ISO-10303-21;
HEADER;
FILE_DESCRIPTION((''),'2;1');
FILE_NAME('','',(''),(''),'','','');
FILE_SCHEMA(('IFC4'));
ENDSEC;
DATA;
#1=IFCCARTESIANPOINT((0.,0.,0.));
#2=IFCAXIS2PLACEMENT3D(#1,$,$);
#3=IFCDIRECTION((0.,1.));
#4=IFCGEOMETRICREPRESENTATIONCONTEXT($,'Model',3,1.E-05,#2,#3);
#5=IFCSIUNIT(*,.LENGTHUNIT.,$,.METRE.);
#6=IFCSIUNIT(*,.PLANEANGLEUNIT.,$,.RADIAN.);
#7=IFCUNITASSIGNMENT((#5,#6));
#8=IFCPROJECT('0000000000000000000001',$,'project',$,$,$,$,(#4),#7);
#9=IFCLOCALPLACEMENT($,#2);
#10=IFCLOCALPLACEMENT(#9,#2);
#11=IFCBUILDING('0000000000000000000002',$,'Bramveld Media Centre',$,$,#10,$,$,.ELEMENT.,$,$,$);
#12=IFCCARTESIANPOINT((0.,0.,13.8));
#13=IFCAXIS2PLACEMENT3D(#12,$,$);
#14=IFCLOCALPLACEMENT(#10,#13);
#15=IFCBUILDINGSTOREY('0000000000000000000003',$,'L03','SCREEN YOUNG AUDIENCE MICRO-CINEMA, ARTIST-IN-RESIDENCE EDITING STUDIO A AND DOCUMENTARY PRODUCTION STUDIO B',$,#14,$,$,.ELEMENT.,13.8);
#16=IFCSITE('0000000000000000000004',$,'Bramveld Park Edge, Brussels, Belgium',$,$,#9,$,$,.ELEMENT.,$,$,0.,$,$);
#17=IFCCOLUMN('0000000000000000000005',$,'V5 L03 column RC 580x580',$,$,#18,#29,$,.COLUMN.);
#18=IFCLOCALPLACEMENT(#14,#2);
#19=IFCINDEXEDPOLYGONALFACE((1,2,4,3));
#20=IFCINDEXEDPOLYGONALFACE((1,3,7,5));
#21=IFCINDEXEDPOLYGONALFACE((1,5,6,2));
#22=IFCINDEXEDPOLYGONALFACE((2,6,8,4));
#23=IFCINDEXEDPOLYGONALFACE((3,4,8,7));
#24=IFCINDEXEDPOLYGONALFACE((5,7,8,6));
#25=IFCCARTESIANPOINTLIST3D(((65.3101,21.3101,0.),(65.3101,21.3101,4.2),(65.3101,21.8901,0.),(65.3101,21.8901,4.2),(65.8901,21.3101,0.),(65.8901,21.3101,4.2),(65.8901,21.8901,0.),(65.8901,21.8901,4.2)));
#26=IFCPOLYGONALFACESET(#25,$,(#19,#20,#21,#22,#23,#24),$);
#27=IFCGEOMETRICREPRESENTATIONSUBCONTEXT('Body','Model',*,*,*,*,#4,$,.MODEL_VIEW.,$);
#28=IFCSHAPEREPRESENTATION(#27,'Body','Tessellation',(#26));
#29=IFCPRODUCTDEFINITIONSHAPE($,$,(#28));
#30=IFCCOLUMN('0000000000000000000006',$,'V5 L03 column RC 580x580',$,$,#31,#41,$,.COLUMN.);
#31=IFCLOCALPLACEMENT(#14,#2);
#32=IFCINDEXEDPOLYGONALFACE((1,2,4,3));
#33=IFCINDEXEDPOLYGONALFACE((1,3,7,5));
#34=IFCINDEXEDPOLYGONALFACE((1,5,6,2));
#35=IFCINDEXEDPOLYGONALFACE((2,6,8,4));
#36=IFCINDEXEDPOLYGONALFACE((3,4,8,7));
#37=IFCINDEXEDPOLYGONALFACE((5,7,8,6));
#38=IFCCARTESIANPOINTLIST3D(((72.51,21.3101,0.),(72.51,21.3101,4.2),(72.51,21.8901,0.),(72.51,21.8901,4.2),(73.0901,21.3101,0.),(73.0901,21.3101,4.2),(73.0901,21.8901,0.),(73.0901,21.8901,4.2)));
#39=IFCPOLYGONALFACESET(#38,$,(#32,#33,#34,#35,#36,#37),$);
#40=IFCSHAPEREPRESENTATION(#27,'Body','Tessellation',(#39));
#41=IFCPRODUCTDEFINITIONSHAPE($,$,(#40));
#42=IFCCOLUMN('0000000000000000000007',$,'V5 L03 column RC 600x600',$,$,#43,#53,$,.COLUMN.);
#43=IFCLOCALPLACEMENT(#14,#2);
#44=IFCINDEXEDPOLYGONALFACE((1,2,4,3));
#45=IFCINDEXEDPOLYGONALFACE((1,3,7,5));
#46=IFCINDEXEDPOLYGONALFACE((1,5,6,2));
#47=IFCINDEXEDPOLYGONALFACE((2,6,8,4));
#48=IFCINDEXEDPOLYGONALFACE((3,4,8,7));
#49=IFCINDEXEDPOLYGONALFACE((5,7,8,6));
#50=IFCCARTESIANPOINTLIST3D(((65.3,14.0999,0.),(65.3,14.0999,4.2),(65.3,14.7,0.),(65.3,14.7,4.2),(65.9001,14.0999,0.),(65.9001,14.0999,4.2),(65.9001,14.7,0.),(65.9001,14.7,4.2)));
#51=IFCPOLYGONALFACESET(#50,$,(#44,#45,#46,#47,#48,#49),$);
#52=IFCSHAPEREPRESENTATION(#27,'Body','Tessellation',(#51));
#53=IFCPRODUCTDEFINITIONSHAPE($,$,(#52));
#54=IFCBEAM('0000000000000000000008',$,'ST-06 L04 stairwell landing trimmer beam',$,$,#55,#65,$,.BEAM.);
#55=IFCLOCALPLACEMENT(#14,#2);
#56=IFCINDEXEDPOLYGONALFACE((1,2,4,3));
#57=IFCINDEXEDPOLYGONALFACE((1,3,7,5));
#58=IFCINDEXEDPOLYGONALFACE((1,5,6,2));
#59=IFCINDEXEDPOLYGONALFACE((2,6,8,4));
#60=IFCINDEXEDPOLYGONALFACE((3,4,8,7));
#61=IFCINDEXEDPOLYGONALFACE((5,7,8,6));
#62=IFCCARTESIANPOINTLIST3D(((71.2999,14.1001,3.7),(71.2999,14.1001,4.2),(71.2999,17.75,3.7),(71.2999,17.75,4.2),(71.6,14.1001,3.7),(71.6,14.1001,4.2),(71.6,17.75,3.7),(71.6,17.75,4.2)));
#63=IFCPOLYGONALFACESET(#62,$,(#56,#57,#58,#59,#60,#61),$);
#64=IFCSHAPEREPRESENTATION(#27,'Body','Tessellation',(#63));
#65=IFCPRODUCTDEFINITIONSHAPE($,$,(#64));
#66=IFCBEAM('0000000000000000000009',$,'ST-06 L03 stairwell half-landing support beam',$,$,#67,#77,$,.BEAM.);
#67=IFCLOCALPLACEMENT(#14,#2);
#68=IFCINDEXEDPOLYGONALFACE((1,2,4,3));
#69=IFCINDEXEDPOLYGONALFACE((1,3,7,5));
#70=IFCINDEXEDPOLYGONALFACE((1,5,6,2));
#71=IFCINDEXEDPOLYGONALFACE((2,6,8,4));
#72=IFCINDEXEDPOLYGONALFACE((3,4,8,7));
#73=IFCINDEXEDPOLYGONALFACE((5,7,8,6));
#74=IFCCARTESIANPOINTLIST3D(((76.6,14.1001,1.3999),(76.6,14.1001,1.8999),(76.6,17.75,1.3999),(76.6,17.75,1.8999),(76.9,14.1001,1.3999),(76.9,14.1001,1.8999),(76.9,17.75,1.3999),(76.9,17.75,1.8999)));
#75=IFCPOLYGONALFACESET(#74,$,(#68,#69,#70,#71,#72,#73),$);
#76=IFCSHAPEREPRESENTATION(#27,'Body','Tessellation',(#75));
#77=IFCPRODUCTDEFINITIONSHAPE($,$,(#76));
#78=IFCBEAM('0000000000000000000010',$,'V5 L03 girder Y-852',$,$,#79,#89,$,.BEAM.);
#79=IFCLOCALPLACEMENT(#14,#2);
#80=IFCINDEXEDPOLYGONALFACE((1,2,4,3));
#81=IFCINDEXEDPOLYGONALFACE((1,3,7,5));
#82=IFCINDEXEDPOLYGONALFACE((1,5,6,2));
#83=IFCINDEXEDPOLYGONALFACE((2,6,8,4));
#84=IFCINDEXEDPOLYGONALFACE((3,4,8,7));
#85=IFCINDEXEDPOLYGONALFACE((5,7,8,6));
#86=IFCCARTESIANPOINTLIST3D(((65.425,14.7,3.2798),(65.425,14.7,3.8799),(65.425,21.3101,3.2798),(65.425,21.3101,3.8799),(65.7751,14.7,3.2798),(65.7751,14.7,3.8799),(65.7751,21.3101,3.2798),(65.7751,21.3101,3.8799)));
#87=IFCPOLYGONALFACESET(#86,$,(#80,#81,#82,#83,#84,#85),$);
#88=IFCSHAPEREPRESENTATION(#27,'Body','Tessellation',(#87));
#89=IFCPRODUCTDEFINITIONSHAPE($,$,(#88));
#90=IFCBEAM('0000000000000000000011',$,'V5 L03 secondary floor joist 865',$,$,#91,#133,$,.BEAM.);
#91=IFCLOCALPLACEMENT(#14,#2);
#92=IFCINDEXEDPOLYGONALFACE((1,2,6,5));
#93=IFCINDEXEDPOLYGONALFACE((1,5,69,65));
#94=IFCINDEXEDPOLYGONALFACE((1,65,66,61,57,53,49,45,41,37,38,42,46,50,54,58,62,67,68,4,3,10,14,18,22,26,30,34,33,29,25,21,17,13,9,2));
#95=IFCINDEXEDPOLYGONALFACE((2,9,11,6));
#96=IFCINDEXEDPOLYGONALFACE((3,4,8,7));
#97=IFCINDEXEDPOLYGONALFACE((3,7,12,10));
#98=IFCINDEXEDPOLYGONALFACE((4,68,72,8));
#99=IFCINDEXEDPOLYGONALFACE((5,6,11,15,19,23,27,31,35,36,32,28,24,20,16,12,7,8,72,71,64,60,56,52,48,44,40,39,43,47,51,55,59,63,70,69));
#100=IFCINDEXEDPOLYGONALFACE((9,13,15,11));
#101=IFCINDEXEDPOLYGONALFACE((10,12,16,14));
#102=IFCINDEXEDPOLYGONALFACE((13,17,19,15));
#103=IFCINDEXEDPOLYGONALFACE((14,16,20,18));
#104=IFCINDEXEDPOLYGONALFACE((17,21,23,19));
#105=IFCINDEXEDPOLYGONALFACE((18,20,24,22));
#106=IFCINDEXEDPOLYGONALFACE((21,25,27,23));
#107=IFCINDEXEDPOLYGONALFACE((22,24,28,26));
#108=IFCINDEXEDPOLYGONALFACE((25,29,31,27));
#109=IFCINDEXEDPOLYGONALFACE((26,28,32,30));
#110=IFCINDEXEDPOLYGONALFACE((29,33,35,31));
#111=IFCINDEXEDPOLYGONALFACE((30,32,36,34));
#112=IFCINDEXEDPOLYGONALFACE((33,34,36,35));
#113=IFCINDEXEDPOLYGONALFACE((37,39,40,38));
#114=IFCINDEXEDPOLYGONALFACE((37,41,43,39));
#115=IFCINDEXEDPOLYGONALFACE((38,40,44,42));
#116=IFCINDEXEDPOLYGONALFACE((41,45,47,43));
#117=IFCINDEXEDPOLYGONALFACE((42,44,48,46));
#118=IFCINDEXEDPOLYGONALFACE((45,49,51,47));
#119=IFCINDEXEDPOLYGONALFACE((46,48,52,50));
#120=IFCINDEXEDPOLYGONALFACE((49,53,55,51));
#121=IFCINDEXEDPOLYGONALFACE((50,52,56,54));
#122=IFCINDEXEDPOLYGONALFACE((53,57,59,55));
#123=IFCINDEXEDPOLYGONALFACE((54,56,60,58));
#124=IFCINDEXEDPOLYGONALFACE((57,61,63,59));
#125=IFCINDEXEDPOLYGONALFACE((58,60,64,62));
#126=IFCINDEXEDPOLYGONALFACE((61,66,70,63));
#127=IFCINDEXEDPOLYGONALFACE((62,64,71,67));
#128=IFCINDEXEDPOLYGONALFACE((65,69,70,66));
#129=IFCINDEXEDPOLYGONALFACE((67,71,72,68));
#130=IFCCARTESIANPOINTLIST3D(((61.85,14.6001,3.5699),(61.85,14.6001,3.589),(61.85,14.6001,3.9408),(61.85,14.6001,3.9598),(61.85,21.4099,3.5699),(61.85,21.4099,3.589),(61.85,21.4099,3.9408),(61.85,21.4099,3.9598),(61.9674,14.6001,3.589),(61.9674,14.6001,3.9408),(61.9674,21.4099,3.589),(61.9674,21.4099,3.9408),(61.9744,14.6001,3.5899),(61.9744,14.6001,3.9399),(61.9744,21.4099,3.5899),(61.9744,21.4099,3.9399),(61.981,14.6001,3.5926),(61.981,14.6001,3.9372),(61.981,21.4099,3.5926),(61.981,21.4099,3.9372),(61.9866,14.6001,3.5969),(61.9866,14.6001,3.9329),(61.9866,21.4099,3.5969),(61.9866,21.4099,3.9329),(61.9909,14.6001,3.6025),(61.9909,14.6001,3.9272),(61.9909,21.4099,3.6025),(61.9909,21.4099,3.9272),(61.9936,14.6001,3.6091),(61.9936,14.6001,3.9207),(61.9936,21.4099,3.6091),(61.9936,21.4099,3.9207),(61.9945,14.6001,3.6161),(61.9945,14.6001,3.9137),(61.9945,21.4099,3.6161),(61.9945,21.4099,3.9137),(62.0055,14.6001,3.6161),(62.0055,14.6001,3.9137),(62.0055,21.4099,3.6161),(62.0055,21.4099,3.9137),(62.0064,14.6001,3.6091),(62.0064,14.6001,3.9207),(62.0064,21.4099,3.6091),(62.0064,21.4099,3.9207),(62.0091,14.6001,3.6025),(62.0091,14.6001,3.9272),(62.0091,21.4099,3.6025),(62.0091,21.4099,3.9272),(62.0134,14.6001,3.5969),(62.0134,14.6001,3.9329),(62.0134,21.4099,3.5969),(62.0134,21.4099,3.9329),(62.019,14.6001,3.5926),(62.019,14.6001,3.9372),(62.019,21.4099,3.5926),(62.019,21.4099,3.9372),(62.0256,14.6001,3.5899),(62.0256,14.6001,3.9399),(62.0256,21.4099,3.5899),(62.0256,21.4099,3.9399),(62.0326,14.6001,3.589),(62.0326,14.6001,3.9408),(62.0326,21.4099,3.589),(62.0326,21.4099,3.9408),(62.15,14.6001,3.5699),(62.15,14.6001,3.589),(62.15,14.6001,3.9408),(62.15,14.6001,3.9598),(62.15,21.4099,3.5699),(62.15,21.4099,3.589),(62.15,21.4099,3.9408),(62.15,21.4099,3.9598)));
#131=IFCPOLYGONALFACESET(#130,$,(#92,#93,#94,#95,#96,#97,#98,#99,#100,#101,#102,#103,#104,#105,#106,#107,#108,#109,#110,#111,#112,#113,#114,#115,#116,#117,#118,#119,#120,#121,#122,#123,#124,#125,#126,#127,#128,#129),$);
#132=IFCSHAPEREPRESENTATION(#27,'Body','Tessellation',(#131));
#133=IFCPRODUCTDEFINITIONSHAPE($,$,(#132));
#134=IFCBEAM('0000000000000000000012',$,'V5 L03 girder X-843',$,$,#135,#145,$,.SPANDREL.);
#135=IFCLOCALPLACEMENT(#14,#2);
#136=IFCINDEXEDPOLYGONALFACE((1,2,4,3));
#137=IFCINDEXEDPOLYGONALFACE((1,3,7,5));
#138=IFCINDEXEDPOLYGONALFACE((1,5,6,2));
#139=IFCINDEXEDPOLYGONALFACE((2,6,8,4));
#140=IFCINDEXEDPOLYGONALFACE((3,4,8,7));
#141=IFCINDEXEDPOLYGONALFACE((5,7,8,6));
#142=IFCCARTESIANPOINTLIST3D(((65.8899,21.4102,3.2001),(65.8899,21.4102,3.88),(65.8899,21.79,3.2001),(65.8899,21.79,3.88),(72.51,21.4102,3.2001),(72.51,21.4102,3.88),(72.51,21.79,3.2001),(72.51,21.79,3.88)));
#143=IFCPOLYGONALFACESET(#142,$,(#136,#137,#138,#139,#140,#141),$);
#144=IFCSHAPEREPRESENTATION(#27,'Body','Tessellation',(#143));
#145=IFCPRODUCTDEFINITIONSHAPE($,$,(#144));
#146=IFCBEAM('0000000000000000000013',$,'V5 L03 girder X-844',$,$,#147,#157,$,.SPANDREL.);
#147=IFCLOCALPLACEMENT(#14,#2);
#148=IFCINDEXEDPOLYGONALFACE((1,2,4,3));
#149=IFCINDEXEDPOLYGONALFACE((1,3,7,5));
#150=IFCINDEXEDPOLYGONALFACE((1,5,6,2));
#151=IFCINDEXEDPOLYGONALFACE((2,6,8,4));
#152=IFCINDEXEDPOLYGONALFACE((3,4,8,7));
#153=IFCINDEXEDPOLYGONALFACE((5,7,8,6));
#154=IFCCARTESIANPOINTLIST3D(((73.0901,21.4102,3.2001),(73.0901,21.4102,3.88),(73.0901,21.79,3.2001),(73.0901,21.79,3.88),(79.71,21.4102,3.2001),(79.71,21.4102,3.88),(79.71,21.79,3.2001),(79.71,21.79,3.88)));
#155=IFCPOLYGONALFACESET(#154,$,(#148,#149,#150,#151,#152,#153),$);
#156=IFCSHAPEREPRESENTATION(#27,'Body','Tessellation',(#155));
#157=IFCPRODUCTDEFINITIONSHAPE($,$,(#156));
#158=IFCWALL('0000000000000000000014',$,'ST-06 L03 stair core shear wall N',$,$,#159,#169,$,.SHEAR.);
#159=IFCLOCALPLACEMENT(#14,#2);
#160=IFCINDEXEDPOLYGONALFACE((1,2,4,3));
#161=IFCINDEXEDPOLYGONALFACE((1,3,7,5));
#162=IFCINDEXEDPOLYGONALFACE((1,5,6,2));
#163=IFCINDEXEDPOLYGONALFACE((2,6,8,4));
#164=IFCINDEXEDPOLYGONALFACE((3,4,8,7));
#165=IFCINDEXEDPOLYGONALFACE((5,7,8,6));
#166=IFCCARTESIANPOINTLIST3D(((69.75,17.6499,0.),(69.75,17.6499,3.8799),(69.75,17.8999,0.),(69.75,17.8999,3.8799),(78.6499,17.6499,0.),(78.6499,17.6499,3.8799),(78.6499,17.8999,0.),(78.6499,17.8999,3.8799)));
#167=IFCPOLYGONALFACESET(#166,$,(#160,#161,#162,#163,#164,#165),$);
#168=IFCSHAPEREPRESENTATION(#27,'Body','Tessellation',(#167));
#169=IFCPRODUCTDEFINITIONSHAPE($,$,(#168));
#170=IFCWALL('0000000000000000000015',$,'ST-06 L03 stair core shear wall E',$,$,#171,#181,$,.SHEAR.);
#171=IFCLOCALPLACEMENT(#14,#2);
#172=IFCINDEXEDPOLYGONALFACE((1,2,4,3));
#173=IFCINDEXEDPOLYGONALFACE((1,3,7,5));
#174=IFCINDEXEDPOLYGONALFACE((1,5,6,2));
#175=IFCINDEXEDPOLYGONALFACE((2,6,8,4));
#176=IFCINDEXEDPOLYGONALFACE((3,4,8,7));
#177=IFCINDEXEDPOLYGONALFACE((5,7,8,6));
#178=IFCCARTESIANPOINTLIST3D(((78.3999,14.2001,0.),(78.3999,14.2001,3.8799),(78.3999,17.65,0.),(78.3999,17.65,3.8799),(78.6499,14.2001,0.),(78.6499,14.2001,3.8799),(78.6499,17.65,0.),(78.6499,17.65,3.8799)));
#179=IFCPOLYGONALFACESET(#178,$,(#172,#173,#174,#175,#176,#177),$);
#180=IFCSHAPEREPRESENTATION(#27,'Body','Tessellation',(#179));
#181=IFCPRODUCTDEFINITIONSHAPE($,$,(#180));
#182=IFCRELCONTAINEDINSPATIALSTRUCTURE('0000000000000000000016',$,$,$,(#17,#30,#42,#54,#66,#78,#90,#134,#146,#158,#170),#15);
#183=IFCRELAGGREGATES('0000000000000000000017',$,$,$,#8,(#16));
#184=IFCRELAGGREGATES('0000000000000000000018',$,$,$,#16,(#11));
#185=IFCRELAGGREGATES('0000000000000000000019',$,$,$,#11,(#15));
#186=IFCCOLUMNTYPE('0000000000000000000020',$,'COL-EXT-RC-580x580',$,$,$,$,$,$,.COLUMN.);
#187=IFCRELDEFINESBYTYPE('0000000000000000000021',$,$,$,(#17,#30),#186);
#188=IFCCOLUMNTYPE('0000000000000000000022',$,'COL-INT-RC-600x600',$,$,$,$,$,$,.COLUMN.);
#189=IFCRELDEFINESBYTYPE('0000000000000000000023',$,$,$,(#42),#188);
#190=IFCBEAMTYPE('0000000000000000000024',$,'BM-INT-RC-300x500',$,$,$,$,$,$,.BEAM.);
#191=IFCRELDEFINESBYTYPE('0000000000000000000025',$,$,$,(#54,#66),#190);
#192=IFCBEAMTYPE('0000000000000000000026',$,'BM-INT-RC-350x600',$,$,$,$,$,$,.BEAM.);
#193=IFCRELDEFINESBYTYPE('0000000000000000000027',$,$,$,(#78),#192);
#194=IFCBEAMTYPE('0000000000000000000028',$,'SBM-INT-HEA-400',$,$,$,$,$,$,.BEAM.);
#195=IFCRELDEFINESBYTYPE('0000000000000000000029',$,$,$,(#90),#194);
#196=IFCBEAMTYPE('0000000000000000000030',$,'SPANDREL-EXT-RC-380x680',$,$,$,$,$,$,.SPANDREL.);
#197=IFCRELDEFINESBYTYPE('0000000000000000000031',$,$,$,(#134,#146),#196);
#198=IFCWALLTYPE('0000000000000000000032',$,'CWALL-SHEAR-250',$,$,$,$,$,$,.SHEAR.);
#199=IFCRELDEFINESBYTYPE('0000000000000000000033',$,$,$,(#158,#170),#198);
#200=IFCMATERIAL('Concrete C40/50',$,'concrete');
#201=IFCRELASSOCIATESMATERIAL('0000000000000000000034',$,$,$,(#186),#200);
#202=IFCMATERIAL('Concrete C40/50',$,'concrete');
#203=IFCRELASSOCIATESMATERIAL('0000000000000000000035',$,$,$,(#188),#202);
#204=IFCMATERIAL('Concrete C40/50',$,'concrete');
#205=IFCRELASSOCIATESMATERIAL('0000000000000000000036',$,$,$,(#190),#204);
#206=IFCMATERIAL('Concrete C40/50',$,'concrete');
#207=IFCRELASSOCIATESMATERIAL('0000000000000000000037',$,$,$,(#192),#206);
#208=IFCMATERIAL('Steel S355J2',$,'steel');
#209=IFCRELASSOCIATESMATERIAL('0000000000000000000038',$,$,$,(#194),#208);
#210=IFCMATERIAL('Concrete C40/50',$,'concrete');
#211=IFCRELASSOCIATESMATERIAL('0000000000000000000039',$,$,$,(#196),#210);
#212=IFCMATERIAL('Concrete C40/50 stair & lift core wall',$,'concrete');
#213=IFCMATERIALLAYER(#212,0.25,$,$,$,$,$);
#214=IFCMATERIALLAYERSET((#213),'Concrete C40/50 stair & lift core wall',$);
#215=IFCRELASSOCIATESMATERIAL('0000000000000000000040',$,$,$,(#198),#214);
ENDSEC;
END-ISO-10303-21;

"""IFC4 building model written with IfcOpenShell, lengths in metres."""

from ifc_helpers import new_model, si_unit, direction, frame, frame_2d, origin, origin_2d, place, context, subcontext, project, spatial, rectangle, i_section, extrude, material, layer, layer_set, material_profile, profile_set, type_object, element, save


model = new_model("IFC4")

# Units and contexts
model_context = context("Model", 3, precision=1e-05, world=origin(), true_north=direction((0.0, 1.0)))
body_context = subcontext(model_context, "Body", "Model", "MODEL_VIEW")
ifc_project = project(units=[si_unit("LENGTHUNIT", "METRE"), si_unit("PLANEANGLEUNIT", "RADIAN")], contexts=[model_context])

# Site, building, storey
site_placement = place(None, origin())
site = spatial("IfcSite", under=ifc_project, at=site_placement, Name="Bramveld Park Edge, Brussels, Belgium", CompositionType="ELEMENT", RefElevation=0.0)
building_placement = place(site_placement, origin())
building = spatial("IfcBuilding", under=site, at=building_placement, Name="Bramveld Media Centre", CompositionType="ELEMENT")
storey_placement = place(building_placement, frame((0.0, 0.0, 13.8)))
storey = spatial("IfcBuildingStorey", under=building, at=storey_placement, Name="L03", Description="SCREEN YOUNG AUDIENCE MICRO-CINEMA, ARTIST-IN-RESIDENCE EDITING STUDIO A AND DOCUMENTARY PRODUCTION STUDIO B", CompositionType="ELEMENT", Elevation=13.8)

# Columns
ifc_material_1 = material(Name="Concrete C40/50", Category="concrete")
ifc_material_profile_1 = material_profile(ifc_material_1, rectangle(XDim=0.5801, YDim=0.5801, at=origin_2d()), Name="RC 580x580")
ifc_profile_set_1 = profile_set([ifc_material_profile_1], Name="Concrete C40/50")
column_type_1 = type_object("IfcColumnType", Name="COL-EXT-RC-580x580", PredefinedType="COLUMN", material=ifc_profile_set_1)
for number, where, z_axis, x_axis, name in (
    (1, (65.6001, 21.6001, 0.0), (0.0, 0.0, 1.0), (1.0, 0.0, 0.0), "V5 L03 column RC 580x580"),
    (2, (72.8, 21.6001, 0.0), (0.0, 0.0, 1.0), (1.0, 0.0, 0.0), "V5 L03 column RC 580x580"),
):
    element("IfcColumn", number, at=place(storey_placement, frame(where, z_axis=z_axis, x_axis=x_axis)), inside=storey, type_object=column_type_1, Name=name, PredefinedType="COLUMN", context=body_context, shape_type="SweptSolid", body=[
        extrude(rectangle(XDim=0.5801, YDim=0.5801, at=origin_2d()), origin(), (0.0, 0.0, 1.0), 4.2),
    ])
ifc_material_2 = material(Name="Concrete C40/50", Category="concrete")
ifc_material_profile_2 = material_profile(ifc_material_2, rectangle(XDim=0.6001, YDim=0.6001, at=origin_2d()), Name="RC 600x600")
ifc_profile_set_2 = profile_set([ifc_material_profile_2], Name="Concrete C40/50")
column_type_2 = type_object("IfcColumnType", Name="COL-INT-RC-600x600", PredefinedType="COLUMN", material=ifc_profile_set_2)
column_placement = place(storey_placement, frame((65.6001, 14.3999, 0.0), z_axis=(0.0, 0.0, 1.0), x_axis=(1.0, 0.0, 0.0)))
element("IfcColumn", 3, at=column_placement, inside=storey, type_object=column_type_2, Name="V5 L03 column RC 600x600", PredefinedType="COLUMN", context=body_context, shape_type="SweptSolid", body=[
    extrude(rectangle(XDim=0.6001, YDim=0.6001, at=origin_2d()), origin(), (0.0, 0.0, 1.0), 4.2),
])

# Beams
ifc_material_3 = material(Name="Concrete C40/50", Category="concrete")
ifc_material_profile_3 = material_profile(ifc_material_3, rectangle(XDim=0.3, YDim=0.5, at=origin_2d()), Name="RC 300x500")
ifc_profile_set_3 = profile_set([ifc_material_profile_3], Name="Concrete C40/50")
beam_type_1 = type_object("IfcBeamType", Name="BM-INT-RC-300x500", PredefinedType="BEAM", material=ifc_profile_set_3)
for number, where, z_axis, x_axis, name in (
    (4, (71.45, 14.1001, 3.95), (0.0, 1.0, 0.0), (-1.0, 0.0, 0.0), "ST-06 L04 stairwell landing trimmer beam"),
    (5, (76.75, 14.1001, 1.6499), (0.0, 1.0, 0.0), (-1.0, 0.0, 0.0), "ST-06 L03 stairwell half-landing support beam"),
):
    element("IfcBeam", number, at=place(storey_placement, frame(where, z_axis=z_axis, x_axis=x_axis)), inside=storey, type_object=beam_type_1, Name=name, PredefinedType="BEAM", context=body_context, shape_type="SweptSolid", body=[
        extrude(rectangle(XDim=0.3, YDim=0.5, at=origin_2d()), origin(), (0.0, 0.0, 1.0), 3.6499),
    ])
ifc_material_4 = material(Name="Concrete C40/50", Category="concrete")
ifc_material_profile_4 = material_profile(ifc_material_4, rectangle(XDim=0.3501, YDim=0.6001, at=origin_2d()), Name="RC 350x600")
ifc_profile_set_4 = profile_set([ifc_material_profile_4], Name="Concrete C40/50")
beam_type_2 = type_object("IfcBeamType", Name="BM-INT-RC-350x600", PredefinedType="BEAM", material=ifc_profile_set_4)
beam_1_placement = place(storey_placement, frame((65.6001, 14.7, 3.5798), z_axis=(0.0, 1.0, 0.0), x_axis=(-1.0, 0.0, 0.0)))
element("IfcBeam", 6, at=beam_1_placement, inside=storey, type_object=beam_type_2, Name="V5 L03 girder Y-852", PredefinedType="BEAM", context=body_context, shape_type="SweptSolid", body=[
    extrude(rectangle(XDim=0.3501, YDim=0.6001, at=origin_2d()), origin(), (0.0, 0.0, 1.0), 6.6101),
])
ifc_material_5 = material(Name="Steel S355J2", Category="steel")
ifc_material_profile_5 = material_profile(ifc_material_5, i_section(OverallWidth=0.3, OverallDepth=0.3899, WebThickness=0.011, FlangeThickness=0.019, FilletRadius=0.0271, at=origin_2d()), Name="HEA 400")
ifc_profile_set_5 = profile_set([ifc_material_profile_5], Name="Steel S355J2")
beam_type_3 = type_object("IfcBeamType", Name="SBM-INT-HEA-400", PredefinedType="BEAM", material=ifc_profile_set_5)
beam_2_placement = place(storey_placement, frame((62.0, 14.6001, 3.7649), z_axis=(0.0, 1.0, 0.0), x_axis=(-1.0, 0.0, 0.0)))
element("IfcBeam", 7, at=beam_2_placement, inside=storey, type_object=beam_type_3, Name="V5 L03 secondary floor joist 865", PredefinedType="BEAM", context=body_context, shape_type="SweptSolid", body=[
    extrude(i_section(OverallWidth=0.3, OverallDepth=0.3899, WebThickness=0.011, FlangeThickness=0.019, FilletRadius=0.0271, at=origin_2d()), origin(), (0.0, 0.0, 1.0), 6.8098),
])
ifc_material_6 = material(Name="Concrete C40/50", Category="concrete")
ifc_material_profile_6 = material_profile(ifc_material_6, rectangle(XDim=0.3799, YDim=0.6799, at=origin_2d()), Name="RC 380x680")
ifc_profile_set_6 = profile_set([ifc_material_profile_6], Name="Concrete C40/50")
beam_type_4 = type_object("IfcBeamType", Name="SPANDREL-EXT-RC-380x680", PredefinedType="SPANDREL", material=ifc_profile_set_6)
beam_3_placement = place(storey_placement, frame((65.8899, 21.6001, 3.54), z_axis=(1.0, 0.0, 0.0), x_axis=(0.0, 1.0, 0.0)))
element("IfcBeam", 8, at=beam_3_placement, inside=storey, type_object=beam_type_4, Name="V5 L03 girder X-843", PredefinedType="SPANDREL", context=body_context, shape_type="SweptSolid", body=[
    extrude(rectangle(XDim=0.3799, YDim=0.6799, at=origin_2d()), origin(), (0.0, 0.0, 1.0), 6.6201),
])
beam_4_placement = place(storey_placement, frame((73.0901, 21.6001, 3.54), z_axis=(1.0, 0.0, 0.0), x_axis=(0.0, 1.0, 0.0)))
element("IfcBeam", 9, at=beam_4_placement, inside=storey, type_object=beam_type_4, Name="V5 L03 girder X-844", PredefinedType="SPANDREL", context=body_context, shape_type="SweptSolid", body=[
    extrude(rectangle(XDim=0.3799, YDim=0.6799, at=origin_2d()), origin(), (0.0, 0.0, 1.0), 6.6199),
])

# Wall
ifc_material_7 = material(Name="Concrete C40/50 stair & lift core wall", Category="concrete")
ifc_layer = layer(ifc_material_7, 0.25)
ifc_layer_set = layer_set([ifc_layer], Name="Concrete C40/50 stair & lift core wall")
wall_type = type_object("IfcWallType", Name="CWALL-SHEAR-250", PredefinedType="SHEAR", material=ifc_layer_set)
wall_1_placement = place(storey_placement, frame((78.6499, 17.7749, 0.0), z_axis=(0.0, 0.0, 1.0), x_axis=(-1.0, 0.0, 0.0)))
element("IfcWall", 10, at=wall_1_placement, inside=storey, type_object=wall_type, Name="ST-06 L03 stair core shear wall N", PredefinedType="SHEAR", context=body_context, shape_type="SweptSolid", body=[
    extrude(rectangle(XDim=8.8999, YDim=0.25, at=frame_2d((4.45, 0.0))), origin(), (0.0, 0.0, 1.0), 3.8799),
])

# Wall
wall_2_placement = place(storey_placement, frame((78.5249, 14.2, 0.0), z_axis=(0.0, 0.0, 1.0), x_axis=(0.0, 1.0, 0.0)))
element("IfcWall", 11, at=wall_2_placement, inside=storey, type_object=wall_type, Name="ST-06 L03 stair core shear wall E", PredefinedType="SHEAR", context=body_context, shape_type="SweptSolid", body=[
    extrude(rectangle(XDim=3.45, YDim=0.25, at=frame_2d((1.7251, 0.0))), origin(), (0.0, 0.0, 1.0), 3.8799),
])

save(model, "model.ifc")
